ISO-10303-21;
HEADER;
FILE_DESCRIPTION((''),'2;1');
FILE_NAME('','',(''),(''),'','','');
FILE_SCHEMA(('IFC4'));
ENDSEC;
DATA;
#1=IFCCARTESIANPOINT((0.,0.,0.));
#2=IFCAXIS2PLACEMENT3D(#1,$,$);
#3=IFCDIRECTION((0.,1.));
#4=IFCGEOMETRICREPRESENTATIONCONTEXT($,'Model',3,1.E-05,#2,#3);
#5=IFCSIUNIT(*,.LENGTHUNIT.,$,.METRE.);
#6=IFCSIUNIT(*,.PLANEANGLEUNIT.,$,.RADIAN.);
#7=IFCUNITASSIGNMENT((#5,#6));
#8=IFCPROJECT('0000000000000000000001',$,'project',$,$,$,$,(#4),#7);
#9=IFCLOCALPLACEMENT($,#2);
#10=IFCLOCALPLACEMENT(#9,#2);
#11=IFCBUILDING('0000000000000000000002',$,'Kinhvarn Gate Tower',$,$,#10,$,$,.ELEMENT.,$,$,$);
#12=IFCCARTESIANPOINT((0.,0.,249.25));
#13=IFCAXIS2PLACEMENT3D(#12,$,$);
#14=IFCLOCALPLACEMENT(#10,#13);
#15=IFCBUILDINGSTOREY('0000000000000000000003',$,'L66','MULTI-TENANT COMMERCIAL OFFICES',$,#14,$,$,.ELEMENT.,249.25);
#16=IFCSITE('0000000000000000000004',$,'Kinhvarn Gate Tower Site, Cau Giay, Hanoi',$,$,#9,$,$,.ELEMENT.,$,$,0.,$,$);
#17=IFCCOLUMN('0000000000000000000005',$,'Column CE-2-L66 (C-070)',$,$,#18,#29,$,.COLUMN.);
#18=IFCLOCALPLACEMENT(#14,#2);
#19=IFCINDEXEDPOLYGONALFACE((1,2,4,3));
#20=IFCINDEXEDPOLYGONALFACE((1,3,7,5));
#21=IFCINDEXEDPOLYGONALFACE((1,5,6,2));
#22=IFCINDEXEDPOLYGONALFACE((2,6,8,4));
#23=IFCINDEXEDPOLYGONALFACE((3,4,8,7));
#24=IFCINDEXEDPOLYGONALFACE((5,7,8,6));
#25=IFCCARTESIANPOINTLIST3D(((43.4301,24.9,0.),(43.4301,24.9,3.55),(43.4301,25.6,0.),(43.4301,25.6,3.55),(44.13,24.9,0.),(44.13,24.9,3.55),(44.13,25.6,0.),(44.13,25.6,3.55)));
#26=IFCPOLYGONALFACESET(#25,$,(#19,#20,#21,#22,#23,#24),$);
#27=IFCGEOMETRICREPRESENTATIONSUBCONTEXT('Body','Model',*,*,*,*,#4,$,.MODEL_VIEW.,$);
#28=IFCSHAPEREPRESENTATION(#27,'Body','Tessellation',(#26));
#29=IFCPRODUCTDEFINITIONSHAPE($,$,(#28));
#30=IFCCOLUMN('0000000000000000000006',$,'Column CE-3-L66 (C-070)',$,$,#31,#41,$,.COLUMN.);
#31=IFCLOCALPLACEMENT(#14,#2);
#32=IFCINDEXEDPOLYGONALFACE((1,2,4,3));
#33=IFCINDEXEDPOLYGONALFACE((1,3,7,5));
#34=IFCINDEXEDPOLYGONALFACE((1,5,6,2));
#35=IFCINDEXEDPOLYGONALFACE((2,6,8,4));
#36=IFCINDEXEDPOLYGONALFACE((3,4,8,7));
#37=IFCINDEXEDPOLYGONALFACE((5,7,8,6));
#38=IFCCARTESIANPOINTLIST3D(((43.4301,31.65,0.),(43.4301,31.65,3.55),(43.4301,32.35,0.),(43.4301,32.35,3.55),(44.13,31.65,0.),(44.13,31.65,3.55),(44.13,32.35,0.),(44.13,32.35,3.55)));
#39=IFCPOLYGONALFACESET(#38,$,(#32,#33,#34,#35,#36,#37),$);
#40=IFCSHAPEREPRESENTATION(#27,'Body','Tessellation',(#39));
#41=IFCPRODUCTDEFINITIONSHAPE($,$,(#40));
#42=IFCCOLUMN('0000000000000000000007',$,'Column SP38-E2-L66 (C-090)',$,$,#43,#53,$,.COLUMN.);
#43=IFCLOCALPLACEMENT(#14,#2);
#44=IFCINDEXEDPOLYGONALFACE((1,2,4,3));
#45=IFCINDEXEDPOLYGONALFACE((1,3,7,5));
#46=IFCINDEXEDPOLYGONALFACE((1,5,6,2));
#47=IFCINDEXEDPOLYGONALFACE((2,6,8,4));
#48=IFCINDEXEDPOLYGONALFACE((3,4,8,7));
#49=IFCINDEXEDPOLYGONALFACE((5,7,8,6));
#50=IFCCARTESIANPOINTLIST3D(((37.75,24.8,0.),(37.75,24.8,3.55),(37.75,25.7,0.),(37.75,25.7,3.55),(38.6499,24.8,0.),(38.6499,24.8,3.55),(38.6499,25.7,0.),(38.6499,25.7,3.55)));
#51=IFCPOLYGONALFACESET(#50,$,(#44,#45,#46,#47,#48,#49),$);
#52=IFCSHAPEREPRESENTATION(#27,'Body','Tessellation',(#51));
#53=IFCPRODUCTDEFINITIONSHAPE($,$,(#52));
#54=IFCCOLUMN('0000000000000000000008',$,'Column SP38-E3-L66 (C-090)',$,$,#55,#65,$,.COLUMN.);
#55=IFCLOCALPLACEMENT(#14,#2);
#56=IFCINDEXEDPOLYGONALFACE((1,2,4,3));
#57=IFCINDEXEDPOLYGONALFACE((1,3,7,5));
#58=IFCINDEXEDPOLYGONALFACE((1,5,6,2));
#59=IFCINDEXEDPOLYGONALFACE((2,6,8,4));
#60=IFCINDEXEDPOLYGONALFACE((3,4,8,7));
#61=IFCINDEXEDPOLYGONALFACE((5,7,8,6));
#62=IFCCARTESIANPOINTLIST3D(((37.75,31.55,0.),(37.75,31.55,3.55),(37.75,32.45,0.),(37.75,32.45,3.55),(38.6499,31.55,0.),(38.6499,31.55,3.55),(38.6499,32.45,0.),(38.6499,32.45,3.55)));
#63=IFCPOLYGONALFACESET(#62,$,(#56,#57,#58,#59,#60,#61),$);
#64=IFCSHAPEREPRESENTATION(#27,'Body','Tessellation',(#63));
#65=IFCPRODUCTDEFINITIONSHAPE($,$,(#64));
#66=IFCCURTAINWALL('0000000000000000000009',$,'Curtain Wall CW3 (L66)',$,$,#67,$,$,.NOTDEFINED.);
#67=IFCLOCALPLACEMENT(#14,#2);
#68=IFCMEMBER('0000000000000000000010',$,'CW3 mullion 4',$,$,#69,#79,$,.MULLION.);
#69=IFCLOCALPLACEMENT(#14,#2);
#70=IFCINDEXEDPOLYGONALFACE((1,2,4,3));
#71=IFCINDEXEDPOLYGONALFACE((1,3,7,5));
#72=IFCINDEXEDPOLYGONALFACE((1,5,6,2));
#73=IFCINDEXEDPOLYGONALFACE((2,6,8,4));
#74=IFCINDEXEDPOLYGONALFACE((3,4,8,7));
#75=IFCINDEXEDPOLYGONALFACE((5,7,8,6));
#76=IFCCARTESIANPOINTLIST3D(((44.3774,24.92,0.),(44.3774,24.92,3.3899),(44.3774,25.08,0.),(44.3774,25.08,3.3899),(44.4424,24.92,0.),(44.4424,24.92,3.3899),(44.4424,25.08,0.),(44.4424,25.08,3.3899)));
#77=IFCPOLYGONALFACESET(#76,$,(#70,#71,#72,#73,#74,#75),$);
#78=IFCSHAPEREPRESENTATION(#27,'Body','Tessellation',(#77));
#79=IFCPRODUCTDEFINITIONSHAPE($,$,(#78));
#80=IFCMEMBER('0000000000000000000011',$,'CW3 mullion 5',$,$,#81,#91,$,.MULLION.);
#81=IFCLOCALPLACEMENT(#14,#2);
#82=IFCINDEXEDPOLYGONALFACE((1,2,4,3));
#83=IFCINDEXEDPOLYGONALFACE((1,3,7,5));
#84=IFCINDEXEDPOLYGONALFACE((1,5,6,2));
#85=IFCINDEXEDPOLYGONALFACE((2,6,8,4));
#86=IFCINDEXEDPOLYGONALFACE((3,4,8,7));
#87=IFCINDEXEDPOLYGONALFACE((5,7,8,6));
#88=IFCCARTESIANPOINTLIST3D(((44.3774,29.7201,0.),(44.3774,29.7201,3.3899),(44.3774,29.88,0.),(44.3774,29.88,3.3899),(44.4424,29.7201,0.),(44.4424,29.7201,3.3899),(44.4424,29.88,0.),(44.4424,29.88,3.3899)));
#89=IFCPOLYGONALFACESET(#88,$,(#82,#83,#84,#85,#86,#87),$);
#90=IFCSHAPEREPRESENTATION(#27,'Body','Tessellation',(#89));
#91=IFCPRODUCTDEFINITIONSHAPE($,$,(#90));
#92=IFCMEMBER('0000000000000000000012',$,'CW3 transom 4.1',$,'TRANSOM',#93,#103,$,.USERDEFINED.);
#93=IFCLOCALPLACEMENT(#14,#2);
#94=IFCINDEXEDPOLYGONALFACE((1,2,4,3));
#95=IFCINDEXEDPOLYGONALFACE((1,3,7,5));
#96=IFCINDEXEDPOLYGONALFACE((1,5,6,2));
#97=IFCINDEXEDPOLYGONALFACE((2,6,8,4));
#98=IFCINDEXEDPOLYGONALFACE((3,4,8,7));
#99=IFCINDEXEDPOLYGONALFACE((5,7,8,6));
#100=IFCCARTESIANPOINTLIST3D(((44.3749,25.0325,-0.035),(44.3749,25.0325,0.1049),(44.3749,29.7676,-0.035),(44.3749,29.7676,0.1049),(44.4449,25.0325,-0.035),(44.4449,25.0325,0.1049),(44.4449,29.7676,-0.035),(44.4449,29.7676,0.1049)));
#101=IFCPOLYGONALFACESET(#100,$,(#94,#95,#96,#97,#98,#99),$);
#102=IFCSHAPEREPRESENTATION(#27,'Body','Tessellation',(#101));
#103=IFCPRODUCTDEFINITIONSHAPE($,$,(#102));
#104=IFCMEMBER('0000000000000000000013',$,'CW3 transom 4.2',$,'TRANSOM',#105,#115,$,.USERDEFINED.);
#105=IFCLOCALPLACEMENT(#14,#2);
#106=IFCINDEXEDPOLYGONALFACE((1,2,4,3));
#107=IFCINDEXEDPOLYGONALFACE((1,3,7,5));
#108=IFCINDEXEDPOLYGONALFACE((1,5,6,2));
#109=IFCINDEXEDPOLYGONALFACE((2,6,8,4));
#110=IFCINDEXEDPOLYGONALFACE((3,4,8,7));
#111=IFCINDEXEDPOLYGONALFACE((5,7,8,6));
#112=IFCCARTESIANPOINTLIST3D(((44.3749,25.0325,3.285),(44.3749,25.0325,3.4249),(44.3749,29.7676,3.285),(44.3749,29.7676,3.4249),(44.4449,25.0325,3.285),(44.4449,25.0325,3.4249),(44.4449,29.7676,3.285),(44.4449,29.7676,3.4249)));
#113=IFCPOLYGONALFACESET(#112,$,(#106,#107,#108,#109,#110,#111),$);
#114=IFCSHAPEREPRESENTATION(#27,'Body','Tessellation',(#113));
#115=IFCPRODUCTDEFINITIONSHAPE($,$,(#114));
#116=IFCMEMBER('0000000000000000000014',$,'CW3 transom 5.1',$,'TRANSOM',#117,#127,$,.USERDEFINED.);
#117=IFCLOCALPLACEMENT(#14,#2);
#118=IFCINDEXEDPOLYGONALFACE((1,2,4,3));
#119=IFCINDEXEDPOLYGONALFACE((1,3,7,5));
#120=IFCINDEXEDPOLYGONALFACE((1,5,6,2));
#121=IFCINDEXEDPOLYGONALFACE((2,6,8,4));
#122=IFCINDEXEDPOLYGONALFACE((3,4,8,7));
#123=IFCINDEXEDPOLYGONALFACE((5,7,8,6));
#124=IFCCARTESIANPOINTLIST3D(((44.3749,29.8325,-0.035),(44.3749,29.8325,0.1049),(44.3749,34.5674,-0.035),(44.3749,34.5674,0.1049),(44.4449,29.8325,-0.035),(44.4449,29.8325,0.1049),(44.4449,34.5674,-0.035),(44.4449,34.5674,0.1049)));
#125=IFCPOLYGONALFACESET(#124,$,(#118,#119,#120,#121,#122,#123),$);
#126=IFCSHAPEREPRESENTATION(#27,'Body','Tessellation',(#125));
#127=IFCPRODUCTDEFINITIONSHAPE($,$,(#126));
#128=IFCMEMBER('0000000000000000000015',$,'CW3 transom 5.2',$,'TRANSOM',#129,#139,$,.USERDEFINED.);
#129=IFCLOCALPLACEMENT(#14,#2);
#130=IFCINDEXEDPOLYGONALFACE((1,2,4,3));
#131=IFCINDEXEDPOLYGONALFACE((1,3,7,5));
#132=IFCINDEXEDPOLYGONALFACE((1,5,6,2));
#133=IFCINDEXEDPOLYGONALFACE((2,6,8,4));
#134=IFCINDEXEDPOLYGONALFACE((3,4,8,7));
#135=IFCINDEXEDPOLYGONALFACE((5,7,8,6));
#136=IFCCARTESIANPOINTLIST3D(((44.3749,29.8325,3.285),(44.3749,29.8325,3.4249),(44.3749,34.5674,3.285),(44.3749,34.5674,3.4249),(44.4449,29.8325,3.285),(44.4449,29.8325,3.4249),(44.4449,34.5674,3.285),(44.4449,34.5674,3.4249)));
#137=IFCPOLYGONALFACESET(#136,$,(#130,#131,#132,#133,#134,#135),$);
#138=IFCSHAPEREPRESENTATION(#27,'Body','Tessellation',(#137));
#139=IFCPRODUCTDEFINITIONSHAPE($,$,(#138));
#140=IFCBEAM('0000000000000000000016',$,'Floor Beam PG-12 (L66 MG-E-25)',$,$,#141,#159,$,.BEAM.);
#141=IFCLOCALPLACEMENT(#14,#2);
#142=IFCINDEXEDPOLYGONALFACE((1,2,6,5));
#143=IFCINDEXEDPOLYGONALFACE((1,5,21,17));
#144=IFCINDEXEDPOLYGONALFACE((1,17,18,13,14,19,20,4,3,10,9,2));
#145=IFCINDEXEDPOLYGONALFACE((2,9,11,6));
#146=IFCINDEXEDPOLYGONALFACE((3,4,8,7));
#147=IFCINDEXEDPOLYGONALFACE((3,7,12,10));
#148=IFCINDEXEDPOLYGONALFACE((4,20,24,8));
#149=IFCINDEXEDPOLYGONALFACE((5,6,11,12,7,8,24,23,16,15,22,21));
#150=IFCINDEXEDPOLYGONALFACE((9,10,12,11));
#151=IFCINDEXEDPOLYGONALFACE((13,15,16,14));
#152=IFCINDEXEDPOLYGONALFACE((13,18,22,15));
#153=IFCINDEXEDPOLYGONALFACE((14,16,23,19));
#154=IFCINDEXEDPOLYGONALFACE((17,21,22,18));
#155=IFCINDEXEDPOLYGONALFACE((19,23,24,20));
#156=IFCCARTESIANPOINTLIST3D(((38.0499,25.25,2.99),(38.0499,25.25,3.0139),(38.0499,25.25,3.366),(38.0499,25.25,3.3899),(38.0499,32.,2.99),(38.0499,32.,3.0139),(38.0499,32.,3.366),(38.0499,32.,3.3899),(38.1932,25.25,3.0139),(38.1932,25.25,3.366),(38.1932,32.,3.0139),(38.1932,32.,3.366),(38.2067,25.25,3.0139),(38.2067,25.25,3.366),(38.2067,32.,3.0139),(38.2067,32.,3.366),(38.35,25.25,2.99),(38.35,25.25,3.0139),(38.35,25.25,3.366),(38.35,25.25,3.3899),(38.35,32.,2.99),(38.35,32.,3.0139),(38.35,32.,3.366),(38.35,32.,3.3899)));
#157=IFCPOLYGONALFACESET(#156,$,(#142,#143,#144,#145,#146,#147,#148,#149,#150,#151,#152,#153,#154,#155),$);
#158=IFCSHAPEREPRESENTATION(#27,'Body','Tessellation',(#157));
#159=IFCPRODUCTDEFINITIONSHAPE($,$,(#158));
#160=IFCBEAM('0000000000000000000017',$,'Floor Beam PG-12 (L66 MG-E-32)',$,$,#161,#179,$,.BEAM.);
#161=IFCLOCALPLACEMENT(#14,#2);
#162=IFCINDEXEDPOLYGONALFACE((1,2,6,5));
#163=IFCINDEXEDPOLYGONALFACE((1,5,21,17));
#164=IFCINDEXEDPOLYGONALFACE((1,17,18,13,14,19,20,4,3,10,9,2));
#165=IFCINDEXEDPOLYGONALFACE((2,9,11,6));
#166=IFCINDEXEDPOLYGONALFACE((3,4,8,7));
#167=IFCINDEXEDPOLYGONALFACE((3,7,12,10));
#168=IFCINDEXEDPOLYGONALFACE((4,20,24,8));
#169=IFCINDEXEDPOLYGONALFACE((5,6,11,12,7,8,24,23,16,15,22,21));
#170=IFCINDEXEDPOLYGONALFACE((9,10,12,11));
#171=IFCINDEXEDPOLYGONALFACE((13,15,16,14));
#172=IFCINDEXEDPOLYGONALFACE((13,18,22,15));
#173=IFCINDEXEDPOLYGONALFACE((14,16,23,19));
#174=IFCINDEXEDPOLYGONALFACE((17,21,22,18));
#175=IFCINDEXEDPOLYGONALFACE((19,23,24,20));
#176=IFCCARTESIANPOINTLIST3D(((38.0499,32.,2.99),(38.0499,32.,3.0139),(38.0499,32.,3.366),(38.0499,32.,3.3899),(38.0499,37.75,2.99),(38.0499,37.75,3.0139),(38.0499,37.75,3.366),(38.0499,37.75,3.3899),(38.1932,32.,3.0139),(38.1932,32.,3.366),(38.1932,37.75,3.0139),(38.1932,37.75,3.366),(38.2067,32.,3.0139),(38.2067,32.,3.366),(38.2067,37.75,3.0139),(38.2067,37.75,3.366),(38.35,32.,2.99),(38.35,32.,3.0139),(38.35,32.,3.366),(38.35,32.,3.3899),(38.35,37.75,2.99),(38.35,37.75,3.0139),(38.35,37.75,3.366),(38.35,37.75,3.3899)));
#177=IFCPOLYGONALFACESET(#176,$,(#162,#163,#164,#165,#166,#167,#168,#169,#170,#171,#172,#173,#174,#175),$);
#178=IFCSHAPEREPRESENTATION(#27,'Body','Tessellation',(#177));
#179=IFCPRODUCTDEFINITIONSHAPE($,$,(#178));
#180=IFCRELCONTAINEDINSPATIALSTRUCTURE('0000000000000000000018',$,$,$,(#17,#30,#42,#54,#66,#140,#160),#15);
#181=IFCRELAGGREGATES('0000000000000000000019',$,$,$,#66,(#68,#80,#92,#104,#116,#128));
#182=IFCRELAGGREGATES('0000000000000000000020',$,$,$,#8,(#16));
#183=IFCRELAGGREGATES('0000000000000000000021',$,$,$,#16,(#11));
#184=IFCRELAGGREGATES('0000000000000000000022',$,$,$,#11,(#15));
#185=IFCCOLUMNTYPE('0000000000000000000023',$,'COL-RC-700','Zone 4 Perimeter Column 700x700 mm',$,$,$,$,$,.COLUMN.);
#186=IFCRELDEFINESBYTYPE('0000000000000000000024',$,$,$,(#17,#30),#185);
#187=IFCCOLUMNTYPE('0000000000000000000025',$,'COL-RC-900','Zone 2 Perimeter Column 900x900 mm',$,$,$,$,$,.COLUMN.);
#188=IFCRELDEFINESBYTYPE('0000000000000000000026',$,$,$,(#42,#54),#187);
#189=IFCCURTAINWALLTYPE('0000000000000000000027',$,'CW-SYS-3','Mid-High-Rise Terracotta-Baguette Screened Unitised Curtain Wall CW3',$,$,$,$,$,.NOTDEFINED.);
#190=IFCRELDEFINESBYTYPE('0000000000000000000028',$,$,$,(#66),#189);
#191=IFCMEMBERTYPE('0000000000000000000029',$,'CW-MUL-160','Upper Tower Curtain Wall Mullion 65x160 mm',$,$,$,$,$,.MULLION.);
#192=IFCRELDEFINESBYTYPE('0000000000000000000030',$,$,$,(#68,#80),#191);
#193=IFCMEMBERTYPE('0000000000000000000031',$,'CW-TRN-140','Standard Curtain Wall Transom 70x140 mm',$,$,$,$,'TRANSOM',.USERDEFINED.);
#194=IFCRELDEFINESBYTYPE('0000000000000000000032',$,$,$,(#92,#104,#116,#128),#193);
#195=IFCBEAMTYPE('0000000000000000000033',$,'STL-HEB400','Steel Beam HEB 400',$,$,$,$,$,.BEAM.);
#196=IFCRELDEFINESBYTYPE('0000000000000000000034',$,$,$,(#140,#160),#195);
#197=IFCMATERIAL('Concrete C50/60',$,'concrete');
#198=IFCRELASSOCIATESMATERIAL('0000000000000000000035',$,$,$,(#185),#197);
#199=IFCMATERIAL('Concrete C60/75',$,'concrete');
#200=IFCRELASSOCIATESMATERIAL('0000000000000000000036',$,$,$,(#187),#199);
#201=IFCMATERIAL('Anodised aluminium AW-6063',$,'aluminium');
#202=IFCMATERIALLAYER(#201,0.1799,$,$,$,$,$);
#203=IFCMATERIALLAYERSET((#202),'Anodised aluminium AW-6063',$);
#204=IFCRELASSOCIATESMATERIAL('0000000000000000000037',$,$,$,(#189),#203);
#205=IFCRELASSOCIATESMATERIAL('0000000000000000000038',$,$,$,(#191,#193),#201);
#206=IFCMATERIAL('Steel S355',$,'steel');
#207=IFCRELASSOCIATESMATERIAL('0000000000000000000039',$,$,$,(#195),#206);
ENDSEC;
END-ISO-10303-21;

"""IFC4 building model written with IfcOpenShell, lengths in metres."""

from ifc_helpers import new_model, si_unit, direction, frame, origin, origin_2d, place, context, subcontext, project, spatial, rectangle, i_section, extrude, material, layer, layer_set, material_profile, profile_set, type_object, element, aggregate, save


model = new_model("IFC4")

# Units and contexts
model_context = context("Model", 3, precision=1e-05, world=origin(), true_north=direction((0.0, 1.0)))
body_context = subcontext(model_context, "Body", "Model", "MODEL_VIEW")
ifc_project = project(units=[si_unit("LENGTHUNIT", "METRE"), si_unit("PLANEANGLEUNIT", "RADIAN")], contexts=[model_context])

# Site, building, storey
site_placement = place(None, origin())
site = spatial("IfcSite", under=ifc_project, at=site_placement, Name="Kinhvarn Gate Tower Site, Cau Giay, Hanoi", CompositionType="ELEMENT", RefElevation=0.0)
building_placement = place(site_placement, origin())
building = spatial("IfcBuilding", under=site, at=building_placement, Name="Kinhvarn Gate Tower", CompositionType="ELEMENT")
storey_placement = place(building_placement, frame((0.0, 0.0, 249.25)))
storey = spatial("IfcBuildingStorey", under=building, at=storey_placement, Name="L66", Description="MULTI-TENANT COMMERCIAL OFFICES", CompositionType="ELEMENT", Elevation=249.25)

# Columns
ifc_material_1 = material(Name="Concrete C50/60", Category="concrete")
ifc_material_profile_1 = material_profile(ifc_material_1, rectangle(XDim=0.7, YDim=0.7, at=origin_2d()), Name="RC 700x700")
ifc_profile_set_1 = profile_set([ifc_material_profile_1], Name="Concrete C50/60")
column_type_1 = type_object("IfcColumnType", Name="COL-RC-700", Description="Zone 4 Perimeter Column 700x700 mm", PredefinedType="COLUMN", material=ifc_profile_set_1)
for number, where, z_axis, x_axis, name in (
    (1, (43.78, 25.25, 0.0), (0.0, 0.0, 1.0), (1.0, 0.0, 0.0), "Column CE-2-L66 (C-070)"),
    (2, (43.78, 32.0, 0.0), (0.0, 0.0, 1.0), (1.0, 0.0, 0.0), "Column CE-3-L66 (C-070)"),
):
    element("IfcColumn", number, at=place(storey_placement, frame(where, z_axis=z_axis, x_axis=x_axis)), inside=storey, type_object=column_type_1, Name=name, PredefinedType="COLUMN", context=body_context, shape_type="SweptSolid", body=[
        extrude(rectangle(XDim=0.7, YDim=0.7, at=origin_2d()), origin(), (0.0, 0.0, 1.0), 3.55),
    ])
ifc_material_2 = material(Name="Concrete C60/75", Category="concrete")
ifc_material_profile_2 = material_profile(ifc_material_2, rectangle(XDim=0.8999, YDim=0.8999, at=origin_2d()), Name="RC 900x900")
ifc_profile_set_2 = profile_set([ifc_material_profile_2], Name="Concrete C60/75")
column_type_2 = type_object("IfcColumnType", Name="COL-RC-900", Description="Zone 2 Perimeter Column 900x900 mm", PredefinedType="COLUMN", material=ifc_profile_set_2)
for number, where, z_axis, x_axis, name in (
    (3, (38.2, 25.25, 0.0), (0.0, 0.0, 1.0), (1.0, 0.0, 0.0), "Column SP38-E2-L66 (C-090)"),
    (4, (38.2, 32.0, 0.0), (0.0, 0.0, 1.0), (1.0, 0.0, 0.0), "Column SP38-E3-L66 (C-090)"),
):
    element("IfcColumn", number, at=place(storey_placement, frame(where, z_axis=z_axis, x_axis=x_axis)), inside=storey, type_object=column_type_2, Name=name, PredefinedType="COLUMN", context=body_context, shape_type="SweptSolid", body=[
        extrude(rectangle(XDim=0.8999, YDim=0.8999, at=origin_2d()), origin(), (0.0, 0.0, 1.0), 3.55),
    ])

# Curtain wall, members
ifc_material_3 = material(Name="Anodised aluminium AW-6063", Category="aluminium")
ifc_layer_1 = layer(ifc_material_3, 0.1799)
ifc_layer_set_1 = layer_set([ifc_layer_1], Name="Anodised aluminium AW-6063")
curtain_wall_type = type_object("IfcCurtainWallType", Name="CW-SYS-3", Description="Mid-High-Rise Terracotta-Baguette Screened Unitised Curtain Wall CW3", PredefinedType="NOTDEFINED", material=ifc_layer_set_1)
curtain_wall_placement = place(storey_placement, origin())
curtain_wall = element("IfcCurtainWall", 5, at=curtain_wall_placement, inside=storey, type_object=curtain_wall_type, Name="Curtain Wall CW3 (L66)", PredefinedType="NOTDEFINED")
ifc_material_profile_3 = material_profile(ifc_material_3, rectangle(XDim=0.0649, YDim=0.1599, at=origin_2d()), Name="ALU 65x160")
ifc_profile_set_3 = profile_set([ifc_material_profile_3], Name="Anodised aluminium AW-6063")
member_type_1 = type_object("IfcMemberType", Name="CW-MUL-160", Description="Upper Tower Curtain Wall Mullion 65x160 mm", PredefinedType="MULLION", material=ifc_profile_set_3)
member_1_placement = place(storey_placement, frame((44.4099, 25.0, 0.0), z_axis=(0.0, 0.0, 1.0), x_axis=(-1.0, 0.0, 0.0)))
member_1 = element("IfcMember", 6, at=member_1_placement, type_object=member_type_1, Name="CW3 mullion 4", PredefinedType="MULLION", context=body_context, shape_type="SweptSolid", body=[
    extrude(rectangle(XDim=0.0649, YDim=0.1599, at=origin_2d()), origin(), (0.0, 0.0, 1.0), 3.3899),
])
member_2_placement = place(storey_placement, frame((44.4099, 29.8, 0.0), z_axis=(0.0, 0.0, 1.0), x_axis=(-1.0, 0.0, 0.0)))
member_2 = element("IfcMember", 7, at=member_2_placement, type_object=member_type_1, Name="CW3 mullion 5", PredefinedType="MULLION", context=body_context, shape_type="SweptSolid", body=[
    extrude(rectangle(XDim=0.0649, YDim=0.1599, at=origin_2d()), origin(), (0.0, 0.0, 1.0), 3.3899),
])
ifc_material_profile_4 = material_profile(ifc_material_3, rectangle(XDim=0.0701, YDim=0.1399, at=origin_2d()), Name="ALU 70x140")
ifc_profile_set_4 = profile_set([ifc_material_profile_4], Name="Anodised aluminium AW-6063")
member_type_2 = type_object("IfcMemberType", Name="CW-TRN-140", Description="Standard Curtain Wall Transom 70x140 mm", ElementType="TRANSOM", PredefinedType="USERDEFINED", material=ifc_profile_set_4)
member_3_placement = place(storey_placement, frame((44.4099, 25.0325, 0.0349), z_axis=(0.0, 1.0, 0.0), x_axis=(-1.0, 0.0, 0.0)))
member_3 = element("IfcMember", 8, at=member_3_placement, type_object=member_type_2, Name="CW3 transom 4.1", ObjectType="TRANSOM", PredefinedType="USERDEFINED", context=body_context, shape_type="SweptSolid", body=[
    extrude(rectangle(XDim=0.0701, YDim=0.1399, at=origin_2d()), origin(), (0.0, 0.0, 1.0), 4.7351),
])
member_4_placement = place(storey_placement, frame((44.4099, 25.0325, 3.355), z_axis=(0.0, 1.0, 0.0), x_axis=(-1.0, 0.0, 0.0)))
member_4 = element("IfcMember", 9, at=member_4_placement, type_object=member_type_2, Name="CW3 transom 4.2", ObjectType="TRANSOM", PredefinedType="USERDEFINED", context=body_context, shape_type="SweptSolid", body=[
    extrude(rectangle(XDim=0.0701, YDim=0.1399, at=origin_2d()), origin(), (0.0, 0.0, 1.0), 4.7351),
])
member_5_placement = place(storey_placement, frame((44.4099, 29.8325, 0.0349), z_axis=(0.0, 1.0, 0.0), x_axis=(-1.0, 0.0, 0.0)))
member_5 = element("IfcMember", 10, at=member_5_placement, type_object=member_type_2, Name="CW3 transom 5.1", ObjectType="TRANSOM", PredefinedType="USERDEFINED", context=body_context, shape_type="SweptSolid", body=[
    extrude(rectangle(XDim=0.0701, YDim=0.1399, at=origin_2d()), origin(), (0.0, 0.0, 1.0), 4.7349),
])
member_6_placement = place(storey_placement, frame((44.4099, 29.8325, 3.355), z_axis=(0.0, 1.0, 0.0), x_axis=(-1.0, 0.0, 0.0)))
member_6 = element("IfcMember", 11, at=member_6_placement, type_object=member_type_2, Name="CW3 transom 5.2", ObjectType="TRANSOM", PredefinedType="USERDEFINED", context=body_context, shape_type="SweptSolid", body=[
    extrude(rectangle(XDim=0.0701, YDim=0.1399, at=origin_2d()), origin(), (0.0, 0.0, 1.0), 4.7349),
])

# Beams
ifc_material_4 = material(Name="Steel S355", Category="steel")
ifc_material_profile_5 = material_profile(ifc_material_4, i_section(OverallWidth=0.3, OverallDepth=0.3999, WebThickness=0.0134, FlangeThickness=0.0239, at=origin_2d()), Name="HEB 400")
ifc_profile_set_5 = profile_set([ifc_material_profile_5], Name="Steel S355")
beam_type_1 = type_object("IfcBeamType", Name="STL-HEB400", Description="Steel Beam HEB 400", PredefinedType="BEAM", material=ifc_profile_set_5)
beam_1_placement = place(storey_placement, frame((38.2, 25.25, 3.1899), z_axis=(0.0, 1.0, 0.0), x_axis=(-1.0, 0.0, 0.0)))
element("IfcBeam", 12, at=beam_1_placement, inside=storey, type_object=beam_type_1, Name="Floor Beam PG-12 (L66 MG-E-25)", PredefinedType="BEAM", context=body_context, shape_type="SweptSolid", body=[
    extrude(i_section(OverallWidth=0.3, OverallDepth=0.3999, WebThickness=0.0134, FlangeThickness=0.0239, at=origin_2d()), origin(), (0.0, 0.0, 1.0), 6.75),
])
beam_2_placement = place(storey_placement, frame((38.2, 32.0, 3.1899), z_axis=(0.0, 1.0, 0.0), x_axis=(-1.0, 0.0, 0.0)))
element("IfcBeam", 13, at=beam_2_placement, inside=storey, type_object=beam_type_1, Name="Floor Beam PG-12 (L66 MG-E-32)", PredefinedType="BEAM", context=body_context, shape_type="SweptSolid", body=[
    extrude(i_section(OverallWidth=0.3, OverallDepth=0.3999, WebThickness=0.0134, FlangeThickness=0.0239, at=origin_2d()), origin(), (0.0, 0.0, 1.0), 5.75),
])

aggregate(curtain_wall, [member_1, member_2, member_3, member_4, member_5, member_6])

save(model, "model.ifc")
